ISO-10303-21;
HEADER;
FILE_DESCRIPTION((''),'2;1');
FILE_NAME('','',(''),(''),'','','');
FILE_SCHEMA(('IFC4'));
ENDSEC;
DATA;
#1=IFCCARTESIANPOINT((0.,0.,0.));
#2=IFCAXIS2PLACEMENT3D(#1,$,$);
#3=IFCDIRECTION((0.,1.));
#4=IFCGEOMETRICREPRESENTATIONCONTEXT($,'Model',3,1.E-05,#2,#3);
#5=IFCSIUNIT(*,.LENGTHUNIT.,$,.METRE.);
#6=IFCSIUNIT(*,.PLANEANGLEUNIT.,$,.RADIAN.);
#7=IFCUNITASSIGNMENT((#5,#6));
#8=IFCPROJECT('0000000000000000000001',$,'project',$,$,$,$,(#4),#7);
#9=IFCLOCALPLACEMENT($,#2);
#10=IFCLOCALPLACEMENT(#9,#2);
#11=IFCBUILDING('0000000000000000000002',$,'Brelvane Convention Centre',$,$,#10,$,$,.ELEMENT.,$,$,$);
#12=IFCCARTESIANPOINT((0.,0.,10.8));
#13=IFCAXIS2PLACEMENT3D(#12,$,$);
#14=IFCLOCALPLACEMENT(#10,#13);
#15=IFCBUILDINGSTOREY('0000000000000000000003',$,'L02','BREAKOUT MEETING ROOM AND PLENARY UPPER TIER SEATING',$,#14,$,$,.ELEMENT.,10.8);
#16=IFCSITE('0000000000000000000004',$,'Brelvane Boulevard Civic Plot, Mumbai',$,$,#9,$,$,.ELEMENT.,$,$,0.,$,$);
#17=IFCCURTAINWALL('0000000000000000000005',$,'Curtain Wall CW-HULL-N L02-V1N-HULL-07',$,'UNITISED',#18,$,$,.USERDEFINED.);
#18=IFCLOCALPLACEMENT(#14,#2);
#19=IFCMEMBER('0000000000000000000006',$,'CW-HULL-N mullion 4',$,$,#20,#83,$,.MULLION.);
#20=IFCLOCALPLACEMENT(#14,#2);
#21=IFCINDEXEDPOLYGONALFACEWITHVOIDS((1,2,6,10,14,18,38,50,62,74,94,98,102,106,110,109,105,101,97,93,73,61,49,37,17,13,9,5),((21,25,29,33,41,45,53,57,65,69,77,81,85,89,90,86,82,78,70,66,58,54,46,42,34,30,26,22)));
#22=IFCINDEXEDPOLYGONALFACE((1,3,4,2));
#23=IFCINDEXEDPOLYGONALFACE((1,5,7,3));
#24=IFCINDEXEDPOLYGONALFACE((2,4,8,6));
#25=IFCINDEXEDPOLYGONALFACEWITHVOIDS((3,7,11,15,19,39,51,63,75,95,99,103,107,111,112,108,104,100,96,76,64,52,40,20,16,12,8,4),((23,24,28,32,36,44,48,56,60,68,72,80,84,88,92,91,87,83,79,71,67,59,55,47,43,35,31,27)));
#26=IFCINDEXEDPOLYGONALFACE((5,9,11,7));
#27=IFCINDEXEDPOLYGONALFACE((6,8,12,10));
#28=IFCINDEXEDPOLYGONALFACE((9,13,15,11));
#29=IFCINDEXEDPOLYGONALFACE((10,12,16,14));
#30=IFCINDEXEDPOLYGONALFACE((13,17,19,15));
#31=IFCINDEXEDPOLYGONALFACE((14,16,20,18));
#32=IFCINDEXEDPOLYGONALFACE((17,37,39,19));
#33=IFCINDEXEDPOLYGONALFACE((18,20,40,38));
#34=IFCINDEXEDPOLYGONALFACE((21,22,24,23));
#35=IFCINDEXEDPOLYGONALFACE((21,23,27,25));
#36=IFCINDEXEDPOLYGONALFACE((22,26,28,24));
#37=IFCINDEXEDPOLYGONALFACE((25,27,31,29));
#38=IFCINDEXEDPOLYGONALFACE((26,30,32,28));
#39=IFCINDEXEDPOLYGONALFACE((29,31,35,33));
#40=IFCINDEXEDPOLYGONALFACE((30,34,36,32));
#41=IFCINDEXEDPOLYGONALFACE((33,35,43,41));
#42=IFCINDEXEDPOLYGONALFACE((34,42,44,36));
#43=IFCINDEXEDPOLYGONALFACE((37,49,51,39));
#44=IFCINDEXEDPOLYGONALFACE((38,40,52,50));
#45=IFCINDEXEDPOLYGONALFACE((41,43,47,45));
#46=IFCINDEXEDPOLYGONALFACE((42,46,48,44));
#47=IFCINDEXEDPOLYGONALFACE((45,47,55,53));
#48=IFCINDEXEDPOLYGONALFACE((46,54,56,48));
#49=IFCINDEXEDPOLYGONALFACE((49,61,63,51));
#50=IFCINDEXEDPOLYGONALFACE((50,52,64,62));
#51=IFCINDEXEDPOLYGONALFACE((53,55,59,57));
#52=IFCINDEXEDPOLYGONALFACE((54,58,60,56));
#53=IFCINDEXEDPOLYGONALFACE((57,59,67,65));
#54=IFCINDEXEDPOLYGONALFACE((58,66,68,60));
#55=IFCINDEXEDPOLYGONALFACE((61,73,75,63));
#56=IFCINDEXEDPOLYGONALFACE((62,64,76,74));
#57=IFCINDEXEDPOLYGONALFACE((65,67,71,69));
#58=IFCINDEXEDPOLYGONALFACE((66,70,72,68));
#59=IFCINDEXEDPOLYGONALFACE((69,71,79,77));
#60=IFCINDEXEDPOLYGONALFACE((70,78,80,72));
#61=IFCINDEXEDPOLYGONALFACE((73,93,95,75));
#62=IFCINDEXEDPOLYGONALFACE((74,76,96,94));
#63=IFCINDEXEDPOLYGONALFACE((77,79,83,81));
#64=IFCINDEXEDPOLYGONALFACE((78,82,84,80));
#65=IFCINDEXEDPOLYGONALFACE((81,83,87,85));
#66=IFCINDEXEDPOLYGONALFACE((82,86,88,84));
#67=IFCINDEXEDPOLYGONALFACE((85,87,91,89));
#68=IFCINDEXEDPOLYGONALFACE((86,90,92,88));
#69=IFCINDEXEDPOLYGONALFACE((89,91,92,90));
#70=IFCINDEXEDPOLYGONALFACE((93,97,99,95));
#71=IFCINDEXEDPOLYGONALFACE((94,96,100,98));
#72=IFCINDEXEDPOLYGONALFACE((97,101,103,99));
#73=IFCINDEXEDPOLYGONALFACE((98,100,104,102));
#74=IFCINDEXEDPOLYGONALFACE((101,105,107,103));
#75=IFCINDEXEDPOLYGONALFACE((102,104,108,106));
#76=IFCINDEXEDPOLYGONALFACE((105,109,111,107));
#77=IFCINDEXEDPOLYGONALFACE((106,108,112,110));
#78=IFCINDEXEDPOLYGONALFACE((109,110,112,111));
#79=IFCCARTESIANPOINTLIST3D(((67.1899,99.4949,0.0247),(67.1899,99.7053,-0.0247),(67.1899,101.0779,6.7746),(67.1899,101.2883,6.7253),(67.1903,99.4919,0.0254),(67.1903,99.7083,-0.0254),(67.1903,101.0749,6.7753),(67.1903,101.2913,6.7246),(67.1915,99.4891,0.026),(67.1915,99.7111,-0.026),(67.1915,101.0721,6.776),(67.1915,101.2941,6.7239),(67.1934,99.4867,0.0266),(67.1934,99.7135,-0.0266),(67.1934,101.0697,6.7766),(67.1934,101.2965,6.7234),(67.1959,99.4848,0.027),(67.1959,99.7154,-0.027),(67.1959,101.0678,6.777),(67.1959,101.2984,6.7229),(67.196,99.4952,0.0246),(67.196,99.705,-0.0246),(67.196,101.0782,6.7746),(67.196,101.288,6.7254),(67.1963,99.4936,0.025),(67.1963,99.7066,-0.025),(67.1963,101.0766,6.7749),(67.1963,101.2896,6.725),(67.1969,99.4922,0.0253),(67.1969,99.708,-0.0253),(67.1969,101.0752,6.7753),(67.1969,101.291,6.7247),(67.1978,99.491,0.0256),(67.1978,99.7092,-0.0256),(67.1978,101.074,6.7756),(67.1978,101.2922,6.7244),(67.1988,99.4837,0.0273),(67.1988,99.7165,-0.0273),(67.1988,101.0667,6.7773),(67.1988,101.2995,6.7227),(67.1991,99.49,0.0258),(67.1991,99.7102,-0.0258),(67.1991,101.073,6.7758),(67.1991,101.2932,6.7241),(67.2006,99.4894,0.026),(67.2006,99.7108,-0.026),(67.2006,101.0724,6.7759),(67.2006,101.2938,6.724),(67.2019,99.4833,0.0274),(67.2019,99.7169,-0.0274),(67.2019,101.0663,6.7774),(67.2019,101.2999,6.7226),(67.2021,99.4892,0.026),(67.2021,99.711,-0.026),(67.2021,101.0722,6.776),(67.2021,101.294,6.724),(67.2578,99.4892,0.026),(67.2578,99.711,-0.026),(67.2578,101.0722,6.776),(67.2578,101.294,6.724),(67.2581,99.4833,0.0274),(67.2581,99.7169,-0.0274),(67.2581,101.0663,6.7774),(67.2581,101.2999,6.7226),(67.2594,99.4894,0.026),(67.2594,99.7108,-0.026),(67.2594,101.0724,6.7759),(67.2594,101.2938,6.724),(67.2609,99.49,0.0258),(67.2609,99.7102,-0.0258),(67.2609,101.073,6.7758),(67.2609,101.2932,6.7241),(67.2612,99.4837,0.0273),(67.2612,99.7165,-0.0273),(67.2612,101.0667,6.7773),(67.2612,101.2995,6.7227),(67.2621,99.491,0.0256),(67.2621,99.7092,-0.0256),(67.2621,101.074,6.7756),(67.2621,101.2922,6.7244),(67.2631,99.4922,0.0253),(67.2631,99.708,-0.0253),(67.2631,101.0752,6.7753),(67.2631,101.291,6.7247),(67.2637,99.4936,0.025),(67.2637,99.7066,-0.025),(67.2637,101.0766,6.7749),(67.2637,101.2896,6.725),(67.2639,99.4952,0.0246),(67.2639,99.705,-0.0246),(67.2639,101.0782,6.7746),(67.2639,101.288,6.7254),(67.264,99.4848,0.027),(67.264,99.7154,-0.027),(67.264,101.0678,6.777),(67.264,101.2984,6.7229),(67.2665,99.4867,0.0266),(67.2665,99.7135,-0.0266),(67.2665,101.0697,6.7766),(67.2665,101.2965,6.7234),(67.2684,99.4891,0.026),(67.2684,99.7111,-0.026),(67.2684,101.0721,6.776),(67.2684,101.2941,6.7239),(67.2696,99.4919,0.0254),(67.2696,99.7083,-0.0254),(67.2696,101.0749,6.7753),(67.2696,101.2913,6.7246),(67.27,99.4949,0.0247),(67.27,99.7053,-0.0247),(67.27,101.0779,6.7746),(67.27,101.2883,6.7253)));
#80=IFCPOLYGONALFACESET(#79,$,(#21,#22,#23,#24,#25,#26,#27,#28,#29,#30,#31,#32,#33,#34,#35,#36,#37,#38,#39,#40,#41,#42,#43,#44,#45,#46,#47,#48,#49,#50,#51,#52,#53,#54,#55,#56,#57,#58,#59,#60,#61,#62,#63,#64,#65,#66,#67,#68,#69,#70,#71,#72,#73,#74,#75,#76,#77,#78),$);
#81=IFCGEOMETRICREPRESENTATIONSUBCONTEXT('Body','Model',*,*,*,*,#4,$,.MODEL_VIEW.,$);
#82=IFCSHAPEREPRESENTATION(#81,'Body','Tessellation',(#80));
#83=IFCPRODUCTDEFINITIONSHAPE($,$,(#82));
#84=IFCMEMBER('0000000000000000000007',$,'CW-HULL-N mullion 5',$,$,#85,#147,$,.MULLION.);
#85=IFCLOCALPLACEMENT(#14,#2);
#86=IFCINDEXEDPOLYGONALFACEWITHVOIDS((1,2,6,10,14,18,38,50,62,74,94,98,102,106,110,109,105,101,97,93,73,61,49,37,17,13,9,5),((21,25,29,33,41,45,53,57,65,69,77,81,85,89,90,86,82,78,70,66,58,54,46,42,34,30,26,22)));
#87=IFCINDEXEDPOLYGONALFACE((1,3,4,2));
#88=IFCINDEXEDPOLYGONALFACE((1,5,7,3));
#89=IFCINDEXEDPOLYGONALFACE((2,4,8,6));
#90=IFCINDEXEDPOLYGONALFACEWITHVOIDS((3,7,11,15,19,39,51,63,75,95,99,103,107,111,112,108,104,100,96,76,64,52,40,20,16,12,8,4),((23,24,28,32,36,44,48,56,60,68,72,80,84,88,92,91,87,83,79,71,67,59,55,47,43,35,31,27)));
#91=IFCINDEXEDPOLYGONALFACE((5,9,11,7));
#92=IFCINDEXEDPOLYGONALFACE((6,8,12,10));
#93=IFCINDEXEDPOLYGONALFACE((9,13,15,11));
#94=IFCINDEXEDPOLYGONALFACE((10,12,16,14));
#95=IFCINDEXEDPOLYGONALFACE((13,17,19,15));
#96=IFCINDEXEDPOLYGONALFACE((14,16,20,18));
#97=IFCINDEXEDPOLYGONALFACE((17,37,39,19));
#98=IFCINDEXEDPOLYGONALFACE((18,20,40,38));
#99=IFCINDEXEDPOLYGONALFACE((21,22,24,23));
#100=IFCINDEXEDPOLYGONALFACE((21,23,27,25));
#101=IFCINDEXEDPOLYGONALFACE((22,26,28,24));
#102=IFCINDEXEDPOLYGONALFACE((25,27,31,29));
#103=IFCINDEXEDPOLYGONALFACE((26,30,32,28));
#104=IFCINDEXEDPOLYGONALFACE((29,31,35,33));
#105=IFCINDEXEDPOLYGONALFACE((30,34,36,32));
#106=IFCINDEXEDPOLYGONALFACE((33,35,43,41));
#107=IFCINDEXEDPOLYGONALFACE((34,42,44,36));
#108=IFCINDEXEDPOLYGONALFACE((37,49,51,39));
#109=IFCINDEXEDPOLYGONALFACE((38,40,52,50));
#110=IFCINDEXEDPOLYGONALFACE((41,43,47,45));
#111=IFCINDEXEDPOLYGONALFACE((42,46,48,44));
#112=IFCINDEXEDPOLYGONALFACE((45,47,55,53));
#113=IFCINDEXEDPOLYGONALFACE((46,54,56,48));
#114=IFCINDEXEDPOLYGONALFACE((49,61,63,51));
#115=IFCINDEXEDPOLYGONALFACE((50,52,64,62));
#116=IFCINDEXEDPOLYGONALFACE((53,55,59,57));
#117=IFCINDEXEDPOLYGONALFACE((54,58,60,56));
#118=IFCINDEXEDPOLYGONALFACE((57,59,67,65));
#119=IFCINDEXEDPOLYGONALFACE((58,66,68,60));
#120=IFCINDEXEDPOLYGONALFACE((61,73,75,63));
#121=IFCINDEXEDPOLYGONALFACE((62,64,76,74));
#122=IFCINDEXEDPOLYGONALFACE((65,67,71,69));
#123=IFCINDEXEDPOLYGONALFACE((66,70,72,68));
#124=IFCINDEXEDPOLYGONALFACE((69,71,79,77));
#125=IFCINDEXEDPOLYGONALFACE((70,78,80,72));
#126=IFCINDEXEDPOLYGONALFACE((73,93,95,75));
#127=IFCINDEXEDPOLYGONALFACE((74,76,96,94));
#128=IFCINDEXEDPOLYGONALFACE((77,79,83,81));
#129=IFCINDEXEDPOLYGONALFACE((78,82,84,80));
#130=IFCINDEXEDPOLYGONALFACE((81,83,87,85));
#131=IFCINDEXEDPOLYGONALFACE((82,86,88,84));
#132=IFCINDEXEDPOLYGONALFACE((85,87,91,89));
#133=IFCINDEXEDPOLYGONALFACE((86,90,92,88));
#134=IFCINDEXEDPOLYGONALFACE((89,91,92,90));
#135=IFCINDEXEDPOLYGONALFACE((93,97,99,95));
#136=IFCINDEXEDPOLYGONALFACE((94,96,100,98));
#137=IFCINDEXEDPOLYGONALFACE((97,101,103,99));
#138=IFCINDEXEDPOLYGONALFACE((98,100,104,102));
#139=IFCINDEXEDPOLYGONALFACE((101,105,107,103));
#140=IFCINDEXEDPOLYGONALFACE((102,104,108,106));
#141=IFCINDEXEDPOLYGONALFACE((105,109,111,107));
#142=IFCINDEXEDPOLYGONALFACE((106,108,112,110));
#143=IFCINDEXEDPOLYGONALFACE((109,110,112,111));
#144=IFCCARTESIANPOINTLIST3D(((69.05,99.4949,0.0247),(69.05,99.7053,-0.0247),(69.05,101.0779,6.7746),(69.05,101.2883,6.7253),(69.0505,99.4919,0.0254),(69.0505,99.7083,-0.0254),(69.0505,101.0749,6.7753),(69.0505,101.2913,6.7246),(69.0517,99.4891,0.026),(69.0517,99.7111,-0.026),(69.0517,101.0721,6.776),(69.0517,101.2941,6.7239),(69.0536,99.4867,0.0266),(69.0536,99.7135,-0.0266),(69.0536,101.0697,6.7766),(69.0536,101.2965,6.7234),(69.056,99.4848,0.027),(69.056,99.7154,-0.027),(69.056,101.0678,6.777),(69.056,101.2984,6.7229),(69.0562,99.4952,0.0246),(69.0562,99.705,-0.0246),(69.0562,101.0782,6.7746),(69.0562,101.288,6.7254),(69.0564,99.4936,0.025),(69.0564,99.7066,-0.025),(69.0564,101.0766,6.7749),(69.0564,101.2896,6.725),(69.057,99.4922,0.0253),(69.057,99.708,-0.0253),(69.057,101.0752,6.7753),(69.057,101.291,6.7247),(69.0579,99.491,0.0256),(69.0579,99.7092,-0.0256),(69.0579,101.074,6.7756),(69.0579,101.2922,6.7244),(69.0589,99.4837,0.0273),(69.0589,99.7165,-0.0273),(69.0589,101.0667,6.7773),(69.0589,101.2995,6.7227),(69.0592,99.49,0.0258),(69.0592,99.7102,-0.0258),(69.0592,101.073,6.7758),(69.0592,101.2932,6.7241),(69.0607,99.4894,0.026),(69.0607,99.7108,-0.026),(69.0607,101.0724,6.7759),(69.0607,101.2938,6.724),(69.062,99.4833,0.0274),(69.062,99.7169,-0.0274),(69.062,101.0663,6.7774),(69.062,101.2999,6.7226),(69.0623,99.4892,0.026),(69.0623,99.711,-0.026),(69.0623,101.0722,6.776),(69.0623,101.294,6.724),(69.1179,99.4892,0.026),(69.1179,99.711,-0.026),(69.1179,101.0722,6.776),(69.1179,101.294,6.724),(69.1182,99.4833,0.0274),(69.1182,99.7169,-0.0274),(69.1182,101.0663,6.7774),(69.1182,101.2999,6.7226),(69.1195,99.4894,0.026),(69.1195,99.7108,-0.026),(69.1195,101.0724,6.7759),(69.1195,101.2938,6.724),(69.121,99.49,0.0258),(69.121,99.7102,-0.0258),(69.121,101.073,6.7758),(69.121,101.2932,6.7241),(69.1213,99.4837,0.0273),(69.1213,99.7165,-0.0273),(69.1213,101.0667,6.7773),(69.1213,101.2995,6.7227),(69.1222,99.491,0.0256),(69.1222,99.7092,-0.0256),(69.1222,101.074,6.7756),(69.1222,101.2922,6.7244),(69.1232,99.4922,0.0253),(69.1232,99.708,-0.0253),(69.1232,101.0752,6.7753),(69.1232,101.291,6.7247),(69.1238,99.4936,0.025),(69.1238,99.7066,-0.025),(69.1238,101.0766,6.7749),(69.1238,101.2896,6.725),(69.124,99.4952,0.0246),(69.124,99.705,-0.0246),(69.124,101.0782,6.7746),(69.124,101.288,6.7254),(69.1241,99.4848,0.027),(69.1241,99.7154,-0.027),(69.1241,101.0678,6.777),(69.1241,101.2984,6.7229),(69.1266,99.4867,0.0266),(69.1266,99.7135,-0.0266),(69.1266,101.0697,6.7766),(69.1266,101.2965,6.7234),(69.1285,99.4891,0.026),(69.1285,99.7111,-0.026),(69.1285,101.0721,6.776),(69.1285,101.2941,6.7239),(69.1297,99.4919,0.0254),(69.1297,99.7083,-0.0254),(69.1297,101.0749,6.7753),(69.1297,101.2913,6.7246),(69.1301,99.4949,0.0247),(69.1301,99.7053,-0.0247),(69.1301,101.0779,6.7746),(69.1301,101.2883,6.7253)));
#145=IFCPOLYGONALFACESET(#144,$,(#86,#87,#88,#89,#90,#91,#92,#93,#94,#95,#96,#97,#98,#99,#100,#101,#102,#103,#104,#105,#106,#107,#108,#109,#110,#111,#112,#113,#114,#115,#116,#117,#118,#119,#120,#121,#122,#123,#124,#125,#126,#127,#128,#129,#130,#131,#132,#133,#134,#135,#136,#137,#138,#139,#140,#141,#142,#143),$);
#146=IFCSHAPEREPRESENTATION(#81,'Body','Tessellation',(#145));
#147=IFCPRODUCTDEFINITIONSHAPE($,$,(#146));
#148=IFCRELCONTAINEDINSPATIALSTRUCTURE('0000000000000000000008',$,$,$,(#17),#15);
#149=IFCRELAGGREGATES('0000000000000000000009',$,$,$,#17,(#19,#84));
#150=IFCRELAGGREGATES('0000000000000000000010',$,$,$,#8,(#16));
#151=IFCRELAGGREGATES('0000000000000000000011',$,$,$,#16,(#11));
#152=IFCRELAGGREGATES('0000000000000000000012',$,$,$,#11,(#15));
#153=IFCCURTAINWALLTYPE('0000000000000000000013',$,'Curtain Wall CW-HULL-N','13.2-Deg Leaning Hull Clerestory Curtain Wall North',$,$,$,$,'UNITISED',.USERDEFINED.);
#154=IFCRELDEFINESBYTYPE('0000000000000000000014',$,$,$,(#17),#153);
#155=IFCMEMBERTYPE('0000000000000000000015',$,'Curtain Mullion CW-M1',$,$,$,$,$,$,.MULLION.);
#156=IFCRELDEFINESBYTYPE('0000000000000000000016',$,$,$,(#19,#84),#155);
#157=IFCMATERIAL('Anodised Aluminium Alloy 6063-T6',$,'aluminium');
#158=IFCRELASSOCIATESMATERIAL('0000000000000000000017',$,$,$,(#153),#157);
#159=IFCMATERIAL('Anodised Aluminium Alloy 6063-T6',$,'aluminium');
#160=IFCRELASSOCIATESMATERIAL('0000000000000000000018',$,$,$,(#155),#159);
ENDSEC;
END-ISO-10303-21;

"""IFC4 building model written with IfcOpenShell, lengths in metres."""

from ifc_helpers import new_model, si_unit, direction, frame, origin, origin_2d, place, context, subcontext, project, spatial, hollow_rectangle, extrude, material, material_profile, profile_set, type_object, element, aggregate, save


model = new_model("IFC4")

# Units and contexts
model_context = context("Model", 3, precision=1e-05, world=origin(), true_north=direction((0.0, 1.0)))
body_context = subcontext(model_context, "Body", "Model", "MODEL_VIEW")
ifc_project = project(units=[si_unit("LENGTHUNIT", "METRE"), si_unit("PLANEANGLEUNIT", "RADIAN")], contexts=[model_context])

# Site, building, storey
site_placement = place(None, origin())
site = spatial("IfcSite", under=ifc_project, at=site_placement, Name="Brelvane Boulevard Civic Plot, Mumbai", CompositionType="ELEMENT", RefElevation=0.0)
building_placement = place(site_placement, origin())
building = spatial("IfcBuilding", under=site, at=building_placement, Name="Brelvane Convention Centre", CompositionType="ELEMENT")
storey_placement = place(building_placement, frame((0.0, 0.0, 10.8)))
storey = spatial("IfcBuildingStorey", under=building, at=storey_placement, Name="L02", Description="BREAKOUT MEETING ROOM AND PLENARY UPPER TIER SEATING", CompositionType="ELEMENT", Elevation=10.8)

# Curtain wall, members
ifc_material_1 = material(Name="Anodised Aluminium Alloy 6063-T6", Category="aluminium")
curtain_wall_type_1 = type_object("IfcCurtainWallType", Name="Curtain Wall CW-HULL-N", Description="13.2-Deg Leaning Hull Clerestory Curtain Wall North", ElementType="UNITISED", PredefinedType="USERDEFINED", material=ifc_material_1)
curtain_wall_1_placement = place(storey_placement, origin())
curtain_wall_1 = element("IfcCurtainWall", 1, at=curtain_wall_1_placement, inside=storey, type_object=curtain_wall_type_1, Name="Curtain Wall CW-HULL-N L02-V1N-HULL-07", ObjectType="UNITISED", PredefinedType="USERDEFINED")
ifc_material_2 = material(Name="Anodised Aluminium Alloy 6063-T6", Category="aluminium")
ifc_material_profile_1 = material_profile(ifc_material_2, hollow_rectangle(XDim=0.0801, YDim=0.24, WallThickness=0.0061, InnerFilletRadius=0.0061, OuterFilletRadius=0.012, at=origin_2d()), Name="ALU-M 240x80x6.0")
ifc_profile_set_1 = profile_set([ifc_material_profile_1], Name="Anodised Aluminium Alloy 6063-T6")
member_type_1 = type_object("IfcMemberType", Name="Curtain Mullion CW-M1", PredefinedType="MULLION", material=ifc_profile_set_1)
member_1_placement = place(storey_placement, frame((67.23, 99.6001, 0.0), z_axis=(0.0, 0.228325, 0.973585), x_axis=(-1.0, 0.0, 0.0)))
member_1 = element("IfcMember", 2, at=member_1_placement, type_object=member_type_1, Name="CW-HULL-N mullion 4", PredefinedType="MULLION", context=body_context, shape_type="SweptSolid", body=[
    extrude(hollow_rectangle(XDim=0.0801, YDim=0.24, WallThickness=0.0061, InnerFilletRadius=0.0061, OuterFilletRadius=0.012, at=origin_2d()), origin(), (0.0, 0.0, 1.0), 6.9331),
])
member_2_placement = place(storey_placement, frame((69.0901, 99.6001, 0.0), z_axis=(0.0, 0.228325, 0.973585), x_axis=(-1.0, 0.0, 0.0)))
member_2 = element("IfcMember", 3, at=member_2_placement, type_object=member_type_1, Name="CW-HULL-N mullion 5", PredefinedType="MULLION", context=body_context, shape_type="SweptSolid", body=[
    extrude(hollow_rectangle(XDim=0.0801, YDim=0.24, WallThickness=0.0061, InnerFilletRadius=0.0061, OuterFilletRadius=0.012, at=origin_2d()), origin(), (0.0, 0.0, 1.0), 6.9331),
])

aggregate(curtain_wall_1, [member_1, member_2])

save(model, "model.ifc")
